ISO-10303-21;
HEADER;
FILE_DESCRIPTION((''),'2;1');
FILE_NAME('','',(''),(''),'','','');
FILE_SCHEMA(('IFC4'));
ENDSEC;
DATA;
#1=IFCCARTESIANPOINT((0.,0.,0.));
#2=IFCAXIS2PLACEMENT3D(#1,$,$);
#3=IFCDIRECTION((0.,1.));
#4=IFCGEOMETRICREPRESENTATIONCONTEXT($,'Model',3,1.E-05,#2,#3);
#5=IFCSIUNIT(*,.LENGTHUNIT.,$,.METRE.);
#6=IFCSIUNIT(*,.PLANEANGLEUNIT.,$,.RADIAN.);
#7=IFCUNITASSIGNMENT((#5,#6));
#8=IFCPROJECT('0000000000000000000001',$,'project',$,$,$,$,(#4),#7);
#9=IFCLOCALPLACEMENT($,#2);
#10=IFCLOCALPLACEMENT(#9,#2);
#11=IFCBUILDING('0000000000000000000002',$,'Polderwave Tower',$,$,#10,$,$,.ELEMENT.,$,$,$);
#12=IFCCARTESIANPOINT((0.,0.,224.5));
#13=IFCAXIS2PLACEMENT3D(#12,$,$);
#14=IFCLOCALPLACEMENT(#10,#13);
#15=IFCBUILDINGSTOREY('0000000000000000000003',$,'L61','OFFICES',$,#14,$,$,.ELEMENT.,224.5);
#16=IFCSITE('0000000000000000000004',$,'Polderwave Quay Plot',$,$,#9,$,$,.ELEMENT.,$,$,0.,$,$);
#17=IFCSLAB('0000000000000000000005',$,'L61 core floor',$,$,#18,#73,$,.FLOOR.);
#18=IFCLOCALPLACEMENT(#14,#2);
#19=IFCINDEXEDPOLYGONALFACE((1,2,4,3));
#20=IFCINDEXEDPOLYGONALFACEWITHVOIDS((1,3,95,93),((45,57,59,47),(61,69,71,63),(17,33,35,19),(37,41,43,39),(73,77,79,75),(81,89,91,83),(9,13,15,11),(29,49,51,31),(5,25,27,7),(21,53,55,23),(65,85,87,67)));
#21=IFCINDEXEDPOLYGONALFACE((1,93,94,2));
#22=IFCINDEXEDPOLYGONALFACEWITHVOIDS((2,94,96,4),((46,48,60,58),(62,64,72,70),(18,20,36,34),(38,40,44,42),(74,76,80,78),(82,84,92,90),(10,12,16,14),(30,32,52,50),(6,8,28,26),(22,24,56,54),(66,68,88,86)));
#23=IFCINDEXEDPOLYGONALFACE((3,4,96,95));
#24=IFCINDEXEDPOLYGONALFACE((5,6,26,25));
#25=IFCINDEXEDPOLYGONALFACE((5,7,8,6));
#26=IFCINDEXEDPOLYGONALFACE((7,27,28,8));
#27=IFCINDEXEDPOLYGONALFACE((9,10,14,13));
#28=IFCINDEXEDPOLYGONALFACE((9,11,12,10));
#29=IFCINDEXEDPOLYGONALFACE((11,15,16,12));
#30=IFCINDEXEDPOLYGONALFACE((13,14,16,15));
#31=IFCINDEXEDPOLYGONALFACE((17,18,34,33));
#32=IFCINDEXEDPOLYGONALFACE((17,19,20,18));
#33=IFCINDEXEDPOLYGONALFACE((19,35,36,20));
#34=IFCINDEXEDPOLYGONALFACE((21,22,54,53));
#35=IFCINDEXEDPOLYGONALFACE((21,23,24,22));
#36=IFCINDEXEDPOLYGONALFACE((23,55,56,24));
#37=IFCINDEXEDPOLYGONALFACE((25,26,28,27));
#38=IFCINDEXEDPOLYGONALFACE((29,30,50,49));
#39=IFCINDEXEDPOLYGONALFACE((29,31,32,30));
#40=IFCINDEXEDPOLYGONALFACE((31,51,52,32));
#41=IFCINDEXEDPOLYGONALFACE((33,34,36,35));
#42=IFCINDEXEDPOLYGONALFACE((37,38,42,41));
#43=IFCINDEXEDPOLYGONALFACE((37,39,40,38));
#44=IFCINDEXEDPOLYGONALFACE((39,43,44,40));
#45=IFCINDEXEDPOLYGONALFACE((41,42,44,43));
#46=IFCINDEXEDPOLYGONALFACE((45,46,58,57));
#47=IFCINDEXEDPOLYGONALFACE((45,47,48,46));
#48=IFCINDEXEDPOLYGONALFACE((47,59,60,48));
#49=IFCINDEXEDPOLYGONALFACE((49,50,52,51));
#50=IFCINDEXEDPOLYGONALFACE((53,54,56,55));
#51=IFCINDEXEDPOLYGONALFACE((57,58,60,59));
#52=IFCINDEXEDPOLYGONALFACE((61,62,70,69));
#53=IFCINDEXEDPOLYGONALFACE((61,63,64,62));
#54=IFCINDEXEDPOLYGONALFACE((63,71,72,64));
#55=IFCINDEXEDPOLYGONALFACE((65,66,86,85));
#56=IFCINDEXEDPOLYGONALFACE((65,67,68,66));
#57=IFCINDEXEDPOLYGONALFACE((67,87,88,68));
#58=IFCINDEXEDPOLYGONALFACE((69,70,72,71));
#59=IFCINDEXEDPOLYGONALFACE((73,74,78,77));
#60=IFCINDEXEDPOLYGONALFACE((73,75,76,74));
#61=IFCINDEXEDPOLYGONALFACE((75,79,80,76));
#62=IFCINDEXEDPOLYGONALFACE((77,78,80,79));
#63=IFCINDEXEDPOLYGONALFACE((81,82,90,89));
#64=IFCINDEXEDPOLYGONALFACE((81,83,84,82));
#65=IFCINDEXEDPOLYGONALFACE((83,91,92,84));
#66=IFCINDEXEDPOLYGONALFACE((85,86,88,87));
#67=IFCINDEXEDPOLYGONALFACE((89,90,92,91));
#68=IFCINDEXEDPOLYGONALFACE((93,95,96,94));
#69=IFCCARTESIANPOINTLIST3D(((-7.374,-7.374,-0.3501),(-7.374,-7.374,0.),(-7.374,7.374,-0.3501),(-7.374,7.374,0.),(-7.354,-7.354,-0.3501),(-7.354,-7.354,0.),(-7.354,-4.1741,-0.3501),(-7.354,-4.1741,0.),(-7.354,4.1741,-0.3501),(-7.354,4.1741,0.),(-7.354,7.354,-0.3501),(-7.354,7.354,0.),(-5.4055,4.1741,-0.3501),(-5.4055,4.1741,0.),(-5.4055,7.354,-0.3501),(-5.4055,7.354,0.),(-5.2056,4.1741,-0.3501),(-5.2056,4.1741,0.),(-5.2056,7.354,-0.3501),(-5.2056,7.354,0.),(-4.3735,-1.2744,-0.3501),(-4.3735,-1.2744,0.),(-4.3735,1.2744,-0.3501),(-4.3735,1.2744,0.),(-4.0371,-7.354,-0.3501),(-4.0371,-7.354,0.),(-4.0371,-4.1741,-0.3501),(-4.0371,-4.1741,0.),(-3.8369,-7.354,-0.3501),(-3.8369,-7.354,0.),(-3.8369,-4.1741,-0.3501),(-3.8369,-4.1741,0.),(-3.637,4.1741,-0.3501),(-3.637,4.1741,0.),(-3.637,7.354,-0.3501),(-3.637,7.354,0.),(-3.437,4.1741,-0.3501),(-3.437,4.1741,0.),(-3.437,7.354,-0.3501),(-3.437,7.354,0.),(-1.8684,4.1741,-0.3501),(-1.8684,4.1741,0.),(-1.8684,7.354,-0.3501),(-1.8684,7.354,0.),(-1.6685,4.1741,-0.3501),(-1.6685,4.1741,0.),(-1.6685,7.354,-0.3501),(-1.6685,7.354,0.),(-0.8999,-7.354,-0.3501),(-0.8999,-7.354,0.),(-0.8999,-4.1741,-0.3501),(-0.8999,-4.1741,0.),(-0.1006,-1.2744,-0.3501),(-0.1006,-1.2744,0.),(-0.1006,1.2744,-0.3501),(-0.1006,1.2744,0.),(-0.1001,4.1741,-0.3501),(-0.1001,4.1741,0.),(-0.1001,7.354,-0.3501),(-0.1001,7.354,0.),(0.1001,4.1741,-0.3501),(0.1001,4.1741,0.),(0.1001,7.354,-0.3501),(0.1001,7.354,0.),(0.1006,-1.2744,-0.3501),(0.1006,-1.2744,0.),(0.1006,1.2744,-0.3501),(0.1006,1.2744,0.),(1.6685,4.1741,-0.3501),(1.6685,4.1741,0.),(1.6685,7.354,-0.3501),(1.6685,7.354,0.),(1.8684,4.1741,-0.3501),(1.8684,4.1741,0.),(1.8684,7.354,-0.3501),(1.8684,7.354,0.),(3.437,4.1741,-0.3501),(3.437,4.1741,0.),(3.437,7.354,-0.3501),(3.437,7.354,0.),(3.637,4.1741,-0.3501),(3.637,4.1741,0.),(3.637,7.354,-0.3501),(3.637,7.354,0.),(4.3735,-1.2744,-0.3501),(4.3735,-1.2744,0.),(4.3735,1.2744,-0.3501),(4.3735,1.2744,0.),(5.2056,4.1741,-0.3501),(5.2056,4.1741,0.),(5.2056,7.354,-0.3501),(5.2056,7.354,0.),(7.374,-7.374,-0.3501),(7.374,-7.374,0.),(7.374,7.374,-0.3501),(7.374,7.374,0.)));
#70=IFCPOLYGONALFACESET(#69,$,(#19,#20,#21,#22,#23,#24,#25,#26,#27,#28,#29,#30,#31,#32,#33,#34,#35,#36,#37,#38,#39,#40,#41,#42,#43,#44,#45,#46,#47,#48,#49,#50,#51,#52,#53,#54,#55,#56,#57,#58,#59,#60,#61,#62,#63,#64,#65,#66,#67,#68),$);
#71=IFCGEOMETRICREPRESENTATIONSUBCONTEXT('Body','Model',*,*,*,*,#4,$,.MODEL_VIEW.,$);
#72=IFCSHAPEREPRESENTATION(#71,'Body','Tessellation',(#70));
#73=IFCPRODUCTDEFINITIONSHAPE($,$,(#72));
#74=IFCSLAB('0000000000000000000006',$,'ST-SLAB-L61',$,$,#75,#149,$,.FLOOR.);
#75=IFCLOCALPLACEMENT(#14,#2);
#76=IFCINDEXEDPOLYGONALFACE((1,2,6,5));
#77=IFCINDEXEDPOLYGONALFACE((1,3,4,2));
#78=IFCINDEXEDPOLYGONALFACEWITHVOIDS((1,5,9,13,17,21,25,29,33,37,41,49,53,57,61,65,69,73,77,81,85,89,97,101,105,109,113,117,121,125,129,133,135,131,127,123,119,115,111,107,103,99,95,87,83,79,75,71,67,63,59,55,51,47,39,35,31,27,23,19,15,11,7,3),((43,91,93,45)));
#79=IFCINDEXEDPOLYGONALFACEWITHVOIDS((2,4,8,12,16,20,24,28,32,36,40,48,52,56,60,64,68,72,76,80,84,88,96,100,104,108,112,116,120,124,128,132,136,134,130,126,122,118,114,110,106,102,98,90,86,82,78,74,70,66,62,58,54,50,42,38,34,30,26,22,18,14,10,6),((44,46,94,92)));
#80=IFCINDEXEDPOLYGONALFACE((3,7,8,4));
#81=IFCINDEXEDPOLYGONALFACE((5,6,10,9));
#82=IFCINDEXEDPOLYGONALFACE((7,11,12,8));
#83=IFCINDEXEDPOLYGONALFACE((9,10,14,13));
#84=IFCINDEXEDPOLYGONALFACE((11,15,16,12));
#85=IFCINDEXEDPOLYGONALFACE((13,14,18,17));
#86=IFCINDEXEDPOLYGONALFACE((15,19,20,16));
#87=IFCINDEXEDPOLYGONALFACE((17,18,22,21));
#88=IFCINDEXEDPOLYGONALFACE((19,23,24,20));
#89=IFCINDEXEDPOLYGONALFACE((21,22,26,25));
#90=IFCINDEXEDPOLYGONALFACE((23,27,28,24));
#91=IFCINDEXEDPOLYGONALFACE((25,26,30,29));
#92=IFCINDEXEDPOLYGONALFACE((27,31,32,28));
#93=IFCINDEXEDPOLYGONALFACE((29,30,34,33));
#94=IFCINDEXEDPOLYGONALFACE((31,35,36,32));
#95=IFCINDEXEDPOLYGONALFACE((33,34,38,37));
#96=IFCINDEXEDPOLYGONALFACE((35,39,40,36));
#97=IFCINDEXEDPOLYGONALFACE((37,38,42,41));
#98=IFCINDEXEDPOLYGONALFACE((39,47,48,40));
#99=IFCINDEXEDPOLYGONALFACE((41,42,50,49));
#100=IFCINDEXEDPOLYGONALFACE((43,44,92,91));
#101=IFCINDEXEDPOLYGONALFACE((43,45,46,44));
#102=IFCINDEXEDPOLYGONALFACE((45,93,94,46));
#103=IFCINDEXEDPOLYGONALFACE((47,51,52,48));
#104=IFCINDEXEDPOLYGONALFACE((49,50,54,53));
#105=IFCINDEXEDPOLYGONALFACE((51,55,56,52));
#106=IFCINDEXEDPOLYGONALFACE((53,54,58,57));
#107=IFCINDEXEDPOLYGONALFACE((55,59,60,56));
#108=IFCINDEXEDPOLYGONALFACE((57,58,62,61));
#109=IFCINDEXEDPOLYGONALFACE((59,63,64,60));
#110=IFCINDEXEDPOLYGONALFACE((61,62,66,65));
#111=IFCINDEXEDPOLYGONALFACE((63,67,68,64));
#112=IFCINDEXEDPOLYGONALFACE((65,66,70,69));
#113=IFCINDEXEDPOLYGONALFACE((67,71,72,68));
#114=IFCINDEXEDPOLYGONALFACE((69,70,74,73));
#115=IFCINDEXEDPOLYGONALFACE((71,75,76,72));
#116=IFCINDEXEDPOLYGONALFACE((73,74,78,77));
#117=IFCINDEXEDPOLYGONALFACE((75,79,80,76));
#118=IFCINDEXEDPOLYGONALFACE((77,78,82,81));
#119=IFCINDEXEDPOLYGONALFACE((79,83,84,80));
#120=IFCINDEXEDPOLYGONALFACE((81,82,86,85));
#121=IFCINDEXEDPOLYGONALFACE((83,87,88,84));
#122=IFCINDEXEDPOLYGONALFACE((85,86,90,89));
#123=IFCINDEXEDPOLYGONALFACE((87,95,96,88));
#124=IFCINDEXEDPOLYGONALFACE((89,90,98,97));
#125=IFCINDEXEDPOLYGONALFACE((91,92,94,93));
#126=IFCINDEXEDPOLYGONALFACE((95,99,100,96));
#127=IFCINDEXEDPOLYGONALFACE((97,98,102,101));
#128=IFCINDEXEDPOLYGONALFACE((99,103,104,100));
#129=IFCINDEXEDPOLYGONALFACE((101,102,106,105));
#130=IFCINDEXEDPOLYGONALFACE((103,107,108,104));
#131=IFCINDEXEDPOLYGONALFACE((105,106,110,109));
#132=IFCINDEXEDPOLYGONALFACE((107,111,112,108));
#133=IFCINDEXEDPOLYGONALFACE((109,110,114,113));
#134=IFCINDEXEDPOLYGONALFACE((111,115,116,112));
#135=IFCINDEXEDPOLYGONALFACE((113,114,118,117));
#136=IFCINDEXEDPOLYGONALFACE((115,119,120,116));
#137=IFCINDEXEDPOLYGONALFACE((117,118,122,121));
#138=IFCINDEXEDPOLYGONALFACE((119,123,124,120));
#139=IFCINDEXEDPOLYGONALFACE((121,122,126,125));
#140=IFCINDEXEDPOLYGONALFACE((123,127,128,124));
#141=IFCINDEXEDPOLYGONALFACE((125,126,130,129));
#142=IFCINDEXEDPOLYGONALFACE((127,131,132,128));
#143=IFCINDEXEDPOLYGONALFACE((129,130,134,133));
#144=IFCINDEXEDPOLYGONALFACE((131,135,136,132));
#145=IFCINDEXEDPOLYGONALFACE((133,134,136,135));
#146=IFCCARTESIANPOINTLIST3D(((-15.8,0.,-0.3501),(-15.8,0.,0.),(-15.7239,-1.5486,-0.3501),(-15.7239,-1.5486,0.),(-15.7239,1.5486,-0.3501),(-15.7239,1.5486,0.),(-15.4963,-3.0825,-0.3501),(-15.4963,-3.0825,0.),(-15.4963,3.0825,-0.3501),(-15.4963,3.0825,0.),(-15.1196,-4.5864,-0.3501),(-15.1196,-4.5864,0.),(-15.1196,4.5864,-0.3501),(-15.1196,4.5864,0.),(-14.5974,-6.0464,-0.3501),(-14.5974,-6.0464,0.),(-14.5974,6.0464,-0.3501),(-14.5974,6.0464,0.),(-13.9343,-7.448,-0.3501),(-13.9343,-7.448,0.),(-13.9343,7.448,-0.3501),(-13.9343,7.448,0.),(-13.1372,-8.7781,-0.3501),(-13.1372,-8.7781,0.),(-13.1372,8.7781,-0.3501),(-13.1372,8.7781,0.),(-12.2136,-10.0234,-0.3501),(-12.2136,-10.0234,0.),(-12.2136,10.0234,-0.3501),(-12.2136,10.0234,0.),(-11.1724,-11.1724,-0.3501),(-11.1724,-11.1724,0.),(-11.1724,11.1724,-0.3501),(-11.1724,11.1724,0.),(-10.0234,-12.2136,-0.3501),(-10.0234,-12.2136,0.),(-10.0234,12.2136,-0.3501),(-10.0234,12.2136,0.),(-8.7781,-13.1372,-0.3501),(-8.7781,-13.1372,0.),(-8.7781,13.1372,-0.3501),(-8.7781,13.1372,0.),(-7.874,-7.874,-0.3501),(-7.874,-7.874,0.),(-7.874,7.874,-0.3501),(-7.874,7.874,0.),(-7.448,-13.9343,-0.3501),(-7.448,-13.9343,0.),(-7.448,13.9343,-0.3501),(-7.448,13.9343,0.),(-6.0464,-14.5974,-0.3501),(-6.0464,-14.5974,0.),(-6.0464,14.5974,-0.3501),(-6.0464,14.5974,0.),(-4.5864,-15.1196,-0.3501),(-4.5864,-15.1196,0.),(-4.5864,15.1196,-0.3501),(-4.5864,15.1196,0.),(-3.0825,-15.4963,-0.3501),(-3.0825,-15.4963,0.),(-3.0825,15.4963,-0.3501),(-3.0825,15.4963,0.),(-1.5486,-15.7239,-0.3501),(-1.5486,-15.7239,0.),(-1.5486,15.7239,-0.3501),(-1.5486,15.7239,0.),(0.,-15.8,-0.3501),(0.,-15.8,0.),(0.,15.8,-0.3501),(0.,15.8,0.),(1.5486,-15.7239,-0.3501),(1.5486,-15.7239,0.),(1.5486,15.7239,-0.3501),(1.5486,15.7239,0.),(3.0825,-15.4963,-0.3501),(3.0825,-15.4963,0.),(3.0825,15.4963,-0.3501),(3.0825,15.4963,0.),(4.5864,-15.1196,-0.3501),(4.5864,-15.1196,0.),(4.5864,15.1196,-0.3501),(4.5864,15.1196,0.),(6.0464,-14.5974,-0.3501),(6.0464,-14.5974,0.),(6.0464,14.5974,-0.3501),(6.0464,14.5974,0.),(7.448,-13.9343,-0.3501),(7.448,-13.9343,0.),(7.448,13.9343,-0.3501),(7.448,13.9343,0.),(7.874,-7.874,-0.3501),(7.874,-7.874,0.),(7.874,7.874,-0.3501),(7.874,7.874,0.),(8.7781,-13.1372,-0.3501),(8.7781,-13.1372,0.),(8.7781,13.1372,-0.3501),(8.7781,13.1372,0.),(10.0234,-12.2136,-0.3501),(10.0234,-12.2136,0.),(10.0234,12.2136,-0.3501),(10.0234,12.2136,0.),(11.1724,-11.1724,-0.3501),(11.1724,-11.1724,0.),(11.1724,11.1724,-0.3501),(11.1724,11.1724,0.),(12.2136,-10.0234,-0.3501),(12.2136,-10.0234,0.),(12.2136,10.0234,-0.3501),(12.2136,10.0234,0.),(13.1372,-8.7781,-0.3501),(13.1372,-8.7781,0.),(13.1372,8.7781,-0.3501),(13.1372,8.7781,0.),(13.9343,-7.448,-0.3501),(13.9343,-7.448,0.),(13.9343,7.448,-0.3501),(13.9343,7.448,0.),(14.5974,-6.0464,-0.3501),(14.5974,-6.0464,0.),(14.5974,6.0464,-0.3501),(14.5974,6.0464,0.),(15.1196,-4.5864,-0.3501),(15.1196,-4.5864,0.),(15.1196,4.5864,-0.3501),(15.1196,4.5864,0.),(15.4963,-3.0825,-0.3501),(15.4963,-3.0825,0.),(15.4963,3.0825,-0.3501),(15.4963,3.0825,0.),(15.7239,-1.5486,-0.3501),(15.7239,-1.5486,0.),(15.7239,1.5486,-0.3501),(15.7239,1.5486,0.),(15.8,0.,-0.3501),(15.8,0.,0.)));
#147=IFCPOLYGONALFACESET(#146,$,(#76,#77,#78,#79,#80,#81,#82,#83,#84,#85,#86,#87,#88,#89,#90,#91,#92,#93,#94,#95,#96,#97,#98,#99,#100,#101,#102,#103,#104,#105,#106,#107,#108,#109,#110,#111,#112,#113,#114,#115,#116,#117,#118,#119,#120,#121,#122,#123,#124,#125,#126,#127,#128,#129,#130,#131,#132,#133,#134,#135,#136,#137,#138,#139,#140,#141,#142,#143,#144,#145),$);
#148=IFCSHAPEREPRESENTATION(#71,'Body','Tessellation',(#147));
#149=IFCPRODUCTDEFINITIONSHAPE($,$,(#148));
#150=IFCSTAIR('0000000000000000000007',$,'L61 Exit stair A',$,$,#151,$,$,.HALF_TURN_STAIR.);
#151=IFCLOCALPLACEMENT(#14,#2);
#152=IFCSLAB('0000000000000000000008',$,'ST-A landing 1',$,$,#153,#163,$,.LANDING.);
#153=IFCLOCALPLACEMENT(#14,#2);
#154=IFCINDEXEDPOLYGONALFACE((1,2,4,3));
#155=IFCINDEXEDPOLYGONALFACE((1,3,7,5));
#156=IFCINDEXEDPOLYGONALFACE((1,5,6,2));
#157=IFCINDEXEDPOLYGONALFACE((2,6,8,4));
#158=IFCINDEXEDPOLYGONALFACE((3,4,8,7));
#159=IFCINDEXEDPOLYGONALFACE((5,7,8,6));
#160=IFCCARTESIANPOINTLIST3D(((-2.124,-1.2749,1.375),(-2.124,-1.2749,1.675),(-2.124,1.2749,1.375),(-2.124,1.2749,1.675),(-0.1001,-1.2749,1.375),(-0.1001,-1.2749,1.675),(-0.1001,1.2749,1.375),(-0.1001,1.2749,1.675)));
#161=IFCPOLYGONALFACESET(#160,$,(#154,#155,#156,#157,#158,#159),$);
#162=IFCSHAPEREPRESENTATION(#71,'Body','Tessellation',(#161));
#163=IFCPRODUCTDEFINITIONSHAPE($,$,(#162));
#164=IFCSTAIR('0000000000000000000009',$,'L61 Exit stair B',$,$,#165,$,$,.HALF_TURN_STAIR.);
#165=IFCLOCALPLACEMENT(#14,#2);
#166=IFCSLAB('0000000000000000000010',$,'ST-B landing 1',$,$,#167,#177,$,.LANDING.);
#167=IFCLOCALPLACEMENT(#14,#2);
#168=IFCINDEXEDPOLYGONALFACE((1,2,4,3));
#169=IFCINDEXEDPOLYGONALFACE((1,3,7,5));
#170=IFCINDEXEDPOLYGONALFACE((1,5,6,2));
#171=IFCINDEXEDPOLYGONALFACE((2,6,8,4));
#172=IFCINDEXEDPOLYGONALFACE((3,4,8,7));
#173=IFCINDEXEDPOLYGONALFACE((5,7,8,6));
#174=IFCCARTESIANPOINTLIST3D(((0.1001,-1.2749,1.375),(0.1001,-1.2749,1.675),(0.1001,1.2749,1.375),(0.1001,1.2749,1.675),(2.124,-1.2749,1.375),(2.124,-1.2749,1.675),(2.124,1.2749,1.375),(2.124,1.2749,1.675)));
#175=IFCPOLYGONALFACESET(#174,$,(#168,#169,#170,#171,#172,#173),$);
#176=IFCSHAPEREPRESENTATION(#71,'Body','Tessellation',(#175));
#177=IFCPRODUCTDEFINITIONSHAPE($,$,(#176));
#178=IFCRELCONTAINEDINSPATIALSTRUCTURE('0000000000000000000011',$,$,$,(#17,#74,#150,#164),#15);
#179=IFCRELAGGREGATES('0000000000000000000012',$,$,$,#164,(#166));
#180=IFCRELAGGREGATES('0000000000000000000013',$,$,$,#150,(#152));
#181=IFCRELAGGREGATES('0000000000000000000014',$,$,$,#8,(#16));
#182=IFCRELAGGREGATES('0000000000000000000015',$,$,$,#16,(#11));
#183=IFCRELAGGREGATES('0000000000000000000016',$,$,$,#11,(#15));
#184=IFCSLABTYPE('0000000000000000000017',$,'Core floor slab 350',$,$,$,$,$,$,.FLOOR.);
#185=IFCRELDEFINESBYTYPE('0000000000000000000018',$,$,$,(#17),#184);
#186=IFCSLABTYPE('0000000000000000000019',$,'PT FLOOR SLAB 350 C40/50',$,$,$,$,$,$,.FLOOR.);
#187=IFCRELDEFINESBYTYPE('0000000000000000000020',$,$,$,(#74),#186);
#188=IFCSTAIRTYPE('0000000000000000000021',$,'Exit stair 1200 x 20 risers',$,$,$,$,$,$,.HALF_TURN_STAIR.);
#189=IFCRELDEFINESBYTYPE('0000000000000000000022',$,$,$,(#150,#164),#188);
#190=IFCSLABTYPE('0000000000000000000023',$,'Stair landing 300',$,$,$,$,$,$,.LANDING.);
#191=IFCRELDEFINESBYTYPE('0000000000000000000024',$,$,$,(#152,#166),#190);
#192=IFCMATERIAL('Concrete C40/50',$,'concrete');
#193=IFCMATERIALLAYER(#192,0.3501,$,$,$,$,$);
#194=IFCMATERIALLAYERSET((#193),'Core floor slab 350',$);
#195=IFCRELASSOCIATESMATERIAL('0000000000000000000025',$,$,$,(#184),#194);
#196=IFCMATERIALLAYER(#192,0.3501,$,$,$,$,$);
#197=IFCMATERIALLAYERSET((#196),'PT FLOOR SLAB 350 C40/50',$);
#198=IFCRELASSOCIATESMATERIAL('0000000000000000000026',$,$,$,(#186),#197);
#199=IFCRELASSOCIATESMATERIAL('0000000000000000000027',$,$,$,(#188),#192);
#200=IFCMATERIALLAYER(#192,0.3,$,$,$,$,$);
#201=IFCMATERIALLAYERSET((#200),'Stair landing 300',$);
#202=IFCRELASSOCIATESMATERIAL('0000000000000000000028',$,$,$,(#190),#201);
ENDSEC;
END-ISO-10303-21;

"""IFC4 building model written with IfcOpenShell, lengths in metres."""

from ifc_helpers import new_model, si_unit, direction, frame, origin, place, context, subcontext, project, spatial, polyline, outline, extrude, material, layer, layer_set, type_object, element, aggregate, save


model = new_model("IFC4")

# Units and contexts
model_context = context("Model", 3, precision=1e-05, world=origin(), true_north=direction((0.0, 1.0)))
body_context = subcontext(model_context, "Body", "Model", "MODEL_VIEW")
ifc_project = project(units=[si_unit("LENGTHUNIT", "METRE"), si_unit("PLANEANGLEUNIT", "RADIAN")], contexts=[model_context])

# Site, building, storey
site_placement = place(None, origin())
site = spatial("IfcSite", under=ifc_project, at=site_placement, Name="Polderwave Quay Plot", CompositionType="ELEMENT", RefElevation=0.0)
building_placement = place(site_placement, origin())
building = spatial("IfcBuilding", under=site, at=building_placement, Name="Polderwave Tower", CompositionType="ELEMENT")
storey_placement = place(building_placement, frame((0.0, 0.0, 224.5)))
storey = spatial("IfcBuildingStorey", under=building, at=storey_placement, Name="L61", Description="OFFICES", CompositionType="ELEMENT", Elevation=224.5)

# Slabs
ifc_material_1 = material(Name="Concrete C40/50", Category="concrete")
ifc_layer_1 = layer(ifc_material_1, 0.3501)
ifc_layer_set_1 = layer_set([ifc_layer_1], Name="Core floor slab 350")
slab_type_1 = type_object("IfcSlabType", Name="Core floor slab 350", PredefinedType="FLOOR", material=ifc_layer_set_1)
slab_1_placement = place(storey_placement, frame((0.0, 0.0, -0.3501)))
element("IfcSlab", 1, at=slab_1_placement, inside=storey, type_object=slab_type_1, Name="L61 core floor", PredefinedType="FLOOR", context=body_context, shape_type="SweptSolid", body=[
    extrude(outline(polyline([(-7.374, -7.374), (7.374, -7.374), (7.374, 7.374), (-7.374, 7.374), (-7.374, -7.374)]), holes=[polyline([(-7.354, -7.354), (-4.0371, -7.354), (-4.0371, -4.1741), (-7.354, -4.1741), (-7.354, -7.354)]), polyline([(-3.8369, -7.354), (-0.8999, -7.354), (-0.8999, -4.1741), (-3.8369, -4.1741), (-3.8369, -7.354)]), polyline([(-7.354, 4.1741), (-5.4055, 4.1741), (-5.4055, 7.354), (-7.354, 7.354), (-7.354, 4.1741)]), polyline([(-5.2056, 4.1741), (-3.637, 4.1741), (-3.637, 7.354), (-5.2056, 7.354), (-5.2056, 4.1741)]), polyline([(-3.437, 4.1741), (-1.8684, 4.1741), (-1.8684, 7.354), (-3.437, 7.354), (-3.437, 4.1741)]), polyline([(-1.6685, 4.1741), (-0.1001, 4.1741), (-0.1001, 7.354), (-1.6685, 7.354), (-1.6685, 4.1741)]), polyline([(0.1001, 4.1741), (1.6685, 4.1741), (1.6685, 7.354), (0.1001, 7.354), (0.1001, 4.1741)]), polyline([(1.8684, 4.1741), (3.437, 4.1741), (3.437, 7.354), (1.8684, 7.354), (1.8684, 4.1741)]), polyline([(3.637, 4.1741), (5.2056, 4.1741), (5.2056, 7.354), (3.637, 7.354), (3.637, 4.1741)]), polyline([(-4.3735, -1.2744), (-0.1006, -1.2744), (-0.1006, 1.2744), (-4.3735, 1.2744), (-4.3735, -1.2744)]), polyline([(0.1006, -1.2744), (4.3735, -1.2744), (4.3735, 1.2744), (0.1006, 1.2744), (0.1006, -1.2744)])]), origin(), (0.0, 0.0, 1.0), 0.3501),
])
ifc_layer_2 = layer(ifc_material_1, 0.3501)
ifc_layer_set_2 = layer_set([ifc_layer_2], Name="PT FLOOR SLAB 350 C40/50")
slab_type_2 = type_object("IfcSlabType", Name="PT FLOOR SLAB 350 C40/50", PredefinedType="FLOOR", material=ifc_layer_set_2)
slab_2_placement = place(storey_placement, frame((0.0, 0.0, -0.3501)))
element("IfcSlab", 2, at=slab_2_placement, inside=storey, type_object=slab_type_2, Name="ST-SLAB-L61", PredefinedType="FLOOR", context=body_context, shape_type="SweptSolid", body=[
    extrude(outline(polyline([(15.8, 0.0), (15.7239, 1.5486), (15.4963, 3.0825), (15.1196, 4.5864), (14.5974, 6.0464), (13.9343, 7.448), (13.1372, 8.7781), (12.2136, 10.0234), (11.1724, 11.1724), (10.0234, 12.2136), (8.7781, 13.1372), (7.448, 13.9343), (6.0464, 14.5974), (4.5864, 15.1196), (3.0825, 15.4963), (1.5486, 15.7239), (0.0, 15.8), (-1.5486, 15.7239), (-3.0825, 15.4963), (-4.5864, 15.1196), (-6.0464, 14.5974), (-7.448, 13.9343), (-8.7781, 13.1372), (-10.0234, 12.2136), (-11.1724, 11.1724), (-12.2136, 10.0234), (-13.1372, 8.7781), (-13.9343, 7.448), (-14.5974, 6.0464), (-15.1196, 4.5864), (-15.4963, 3.0825), (-15.7239, 1.5486), (-15.8, 0.0), (-15.7239, -1.5486), (-15.4963, -3.0825), (-15.1196, -4.5864), (-14.5974, -6.0464), (-13.9343, -7.448), (-13.1372, -8.7781), (-12.2136, -10.0234), (-11.1724, -11.1724), (-10.0234, -12.2136), (-8.7781, -13.1372), (-7.448, -13.9343), (-6.0464, -14.5974), (-4.5864, -15.1196), (-3.0825, -15.4963), (-1.5486, -15.7239), (0.0, -15.8), (1.5486, -15.7239), (3.0825, -15.4963), (4.5864, -15.1196), (6.0464, -14.5974), (7.448, -13.9343), (8.7781, -13.1372), (10.0234, -12.2136), (11.1724, -11.1724), (12.2136, -10.0234), (13.1372, -8.7781), (13.9343, -7.448), (14.5974, -6.0464), (15.1196, -4.5864), (15.4963, -3.0825), (15.7239, -1.5486), (15.8, 0.0)]), holes=[polyline([(-7.874, -7.874), (7.874, -7.874), (7.874, 7.874), (-7.874, 7.874), (-7.874, -7.874)])]), origin(), (0.0, 0.0, 1.0), 0.3501),
])

# Stairs, slabs
stair_type = type_object("IfcStairType", Name="Exit stair 1200 x 20 risers", PredefinedType="HALF_TURN_STAIR", material=ifc_material_1)
stair_1_placement = place(storey_placement, origin())
stair_1 = element("IfcStair", 3, at=stair_1_placement, inside=storey, type_object=stair_type, Name="L61 Exit stair A", PredefinedType="HALF_TURN_STAIR")
ifc_layer_3 = layer(ifc_material_1, 0.3)
ifc_layer_set_3 = layer_set([ifc_layer_3], Name="Stair landing 300")
slab_type_3 = type_object("IfcSlabType", Name="Stair landing 300", PredefinedType="LANDING", material=ifc_layer_set_3)
slab_3_placement = place(storey_placement, frame((0.0, 0.0, 1.375)))
slab_3 = element("IfcSlab", 4, at=slab_3_placement, type_object=slab_type_3, Name="ST-A landing 1", PredefinedType="LANDING", context=body_context, shape_type="SweptSolid", body=[
    extrude(outline(polyline([(-2.124, -1.2749), (-0.1001, -1.2749), (-0.1001, 1.2749), (-2.124, 1.2749), (-2.124, -1.2749)])), origin(), (0.0, 0.0, 1.0), 0.3),
])
stair_2_placement = place(storey_placement, origin())
stair_2 = element("IfcStair", 5, at=stair_2_placement, inside=storey, type_object=stair_type, Name="L61 Exit stair B", PredefinedType="HALF_TURN_STAIR")
slab_4_placement = place(storey_placement, frame((0.0, 0.0, 1.375)))
slab_4 = element("IfcSlab", 6, at=slab_4_placement, type_object=slab_type_3, Name="ST-B landing 1", PredefinedType="LANDING", context=body_context, shape_type="SweptSolid", body=[
    extrude(outline(polyline([(2.124, 1.2749), (0.1001, 1.2749), (0.1001, -1.2749), (2.124, -1.2749), (2.124, 1.2749)])), origin(), (0.0, 0.0, 1.0), 0.3),
])
aggregate(stair_2, [slab_4])

aggregate(stair_1, [slab_3])

save(model, "model.ifc")
